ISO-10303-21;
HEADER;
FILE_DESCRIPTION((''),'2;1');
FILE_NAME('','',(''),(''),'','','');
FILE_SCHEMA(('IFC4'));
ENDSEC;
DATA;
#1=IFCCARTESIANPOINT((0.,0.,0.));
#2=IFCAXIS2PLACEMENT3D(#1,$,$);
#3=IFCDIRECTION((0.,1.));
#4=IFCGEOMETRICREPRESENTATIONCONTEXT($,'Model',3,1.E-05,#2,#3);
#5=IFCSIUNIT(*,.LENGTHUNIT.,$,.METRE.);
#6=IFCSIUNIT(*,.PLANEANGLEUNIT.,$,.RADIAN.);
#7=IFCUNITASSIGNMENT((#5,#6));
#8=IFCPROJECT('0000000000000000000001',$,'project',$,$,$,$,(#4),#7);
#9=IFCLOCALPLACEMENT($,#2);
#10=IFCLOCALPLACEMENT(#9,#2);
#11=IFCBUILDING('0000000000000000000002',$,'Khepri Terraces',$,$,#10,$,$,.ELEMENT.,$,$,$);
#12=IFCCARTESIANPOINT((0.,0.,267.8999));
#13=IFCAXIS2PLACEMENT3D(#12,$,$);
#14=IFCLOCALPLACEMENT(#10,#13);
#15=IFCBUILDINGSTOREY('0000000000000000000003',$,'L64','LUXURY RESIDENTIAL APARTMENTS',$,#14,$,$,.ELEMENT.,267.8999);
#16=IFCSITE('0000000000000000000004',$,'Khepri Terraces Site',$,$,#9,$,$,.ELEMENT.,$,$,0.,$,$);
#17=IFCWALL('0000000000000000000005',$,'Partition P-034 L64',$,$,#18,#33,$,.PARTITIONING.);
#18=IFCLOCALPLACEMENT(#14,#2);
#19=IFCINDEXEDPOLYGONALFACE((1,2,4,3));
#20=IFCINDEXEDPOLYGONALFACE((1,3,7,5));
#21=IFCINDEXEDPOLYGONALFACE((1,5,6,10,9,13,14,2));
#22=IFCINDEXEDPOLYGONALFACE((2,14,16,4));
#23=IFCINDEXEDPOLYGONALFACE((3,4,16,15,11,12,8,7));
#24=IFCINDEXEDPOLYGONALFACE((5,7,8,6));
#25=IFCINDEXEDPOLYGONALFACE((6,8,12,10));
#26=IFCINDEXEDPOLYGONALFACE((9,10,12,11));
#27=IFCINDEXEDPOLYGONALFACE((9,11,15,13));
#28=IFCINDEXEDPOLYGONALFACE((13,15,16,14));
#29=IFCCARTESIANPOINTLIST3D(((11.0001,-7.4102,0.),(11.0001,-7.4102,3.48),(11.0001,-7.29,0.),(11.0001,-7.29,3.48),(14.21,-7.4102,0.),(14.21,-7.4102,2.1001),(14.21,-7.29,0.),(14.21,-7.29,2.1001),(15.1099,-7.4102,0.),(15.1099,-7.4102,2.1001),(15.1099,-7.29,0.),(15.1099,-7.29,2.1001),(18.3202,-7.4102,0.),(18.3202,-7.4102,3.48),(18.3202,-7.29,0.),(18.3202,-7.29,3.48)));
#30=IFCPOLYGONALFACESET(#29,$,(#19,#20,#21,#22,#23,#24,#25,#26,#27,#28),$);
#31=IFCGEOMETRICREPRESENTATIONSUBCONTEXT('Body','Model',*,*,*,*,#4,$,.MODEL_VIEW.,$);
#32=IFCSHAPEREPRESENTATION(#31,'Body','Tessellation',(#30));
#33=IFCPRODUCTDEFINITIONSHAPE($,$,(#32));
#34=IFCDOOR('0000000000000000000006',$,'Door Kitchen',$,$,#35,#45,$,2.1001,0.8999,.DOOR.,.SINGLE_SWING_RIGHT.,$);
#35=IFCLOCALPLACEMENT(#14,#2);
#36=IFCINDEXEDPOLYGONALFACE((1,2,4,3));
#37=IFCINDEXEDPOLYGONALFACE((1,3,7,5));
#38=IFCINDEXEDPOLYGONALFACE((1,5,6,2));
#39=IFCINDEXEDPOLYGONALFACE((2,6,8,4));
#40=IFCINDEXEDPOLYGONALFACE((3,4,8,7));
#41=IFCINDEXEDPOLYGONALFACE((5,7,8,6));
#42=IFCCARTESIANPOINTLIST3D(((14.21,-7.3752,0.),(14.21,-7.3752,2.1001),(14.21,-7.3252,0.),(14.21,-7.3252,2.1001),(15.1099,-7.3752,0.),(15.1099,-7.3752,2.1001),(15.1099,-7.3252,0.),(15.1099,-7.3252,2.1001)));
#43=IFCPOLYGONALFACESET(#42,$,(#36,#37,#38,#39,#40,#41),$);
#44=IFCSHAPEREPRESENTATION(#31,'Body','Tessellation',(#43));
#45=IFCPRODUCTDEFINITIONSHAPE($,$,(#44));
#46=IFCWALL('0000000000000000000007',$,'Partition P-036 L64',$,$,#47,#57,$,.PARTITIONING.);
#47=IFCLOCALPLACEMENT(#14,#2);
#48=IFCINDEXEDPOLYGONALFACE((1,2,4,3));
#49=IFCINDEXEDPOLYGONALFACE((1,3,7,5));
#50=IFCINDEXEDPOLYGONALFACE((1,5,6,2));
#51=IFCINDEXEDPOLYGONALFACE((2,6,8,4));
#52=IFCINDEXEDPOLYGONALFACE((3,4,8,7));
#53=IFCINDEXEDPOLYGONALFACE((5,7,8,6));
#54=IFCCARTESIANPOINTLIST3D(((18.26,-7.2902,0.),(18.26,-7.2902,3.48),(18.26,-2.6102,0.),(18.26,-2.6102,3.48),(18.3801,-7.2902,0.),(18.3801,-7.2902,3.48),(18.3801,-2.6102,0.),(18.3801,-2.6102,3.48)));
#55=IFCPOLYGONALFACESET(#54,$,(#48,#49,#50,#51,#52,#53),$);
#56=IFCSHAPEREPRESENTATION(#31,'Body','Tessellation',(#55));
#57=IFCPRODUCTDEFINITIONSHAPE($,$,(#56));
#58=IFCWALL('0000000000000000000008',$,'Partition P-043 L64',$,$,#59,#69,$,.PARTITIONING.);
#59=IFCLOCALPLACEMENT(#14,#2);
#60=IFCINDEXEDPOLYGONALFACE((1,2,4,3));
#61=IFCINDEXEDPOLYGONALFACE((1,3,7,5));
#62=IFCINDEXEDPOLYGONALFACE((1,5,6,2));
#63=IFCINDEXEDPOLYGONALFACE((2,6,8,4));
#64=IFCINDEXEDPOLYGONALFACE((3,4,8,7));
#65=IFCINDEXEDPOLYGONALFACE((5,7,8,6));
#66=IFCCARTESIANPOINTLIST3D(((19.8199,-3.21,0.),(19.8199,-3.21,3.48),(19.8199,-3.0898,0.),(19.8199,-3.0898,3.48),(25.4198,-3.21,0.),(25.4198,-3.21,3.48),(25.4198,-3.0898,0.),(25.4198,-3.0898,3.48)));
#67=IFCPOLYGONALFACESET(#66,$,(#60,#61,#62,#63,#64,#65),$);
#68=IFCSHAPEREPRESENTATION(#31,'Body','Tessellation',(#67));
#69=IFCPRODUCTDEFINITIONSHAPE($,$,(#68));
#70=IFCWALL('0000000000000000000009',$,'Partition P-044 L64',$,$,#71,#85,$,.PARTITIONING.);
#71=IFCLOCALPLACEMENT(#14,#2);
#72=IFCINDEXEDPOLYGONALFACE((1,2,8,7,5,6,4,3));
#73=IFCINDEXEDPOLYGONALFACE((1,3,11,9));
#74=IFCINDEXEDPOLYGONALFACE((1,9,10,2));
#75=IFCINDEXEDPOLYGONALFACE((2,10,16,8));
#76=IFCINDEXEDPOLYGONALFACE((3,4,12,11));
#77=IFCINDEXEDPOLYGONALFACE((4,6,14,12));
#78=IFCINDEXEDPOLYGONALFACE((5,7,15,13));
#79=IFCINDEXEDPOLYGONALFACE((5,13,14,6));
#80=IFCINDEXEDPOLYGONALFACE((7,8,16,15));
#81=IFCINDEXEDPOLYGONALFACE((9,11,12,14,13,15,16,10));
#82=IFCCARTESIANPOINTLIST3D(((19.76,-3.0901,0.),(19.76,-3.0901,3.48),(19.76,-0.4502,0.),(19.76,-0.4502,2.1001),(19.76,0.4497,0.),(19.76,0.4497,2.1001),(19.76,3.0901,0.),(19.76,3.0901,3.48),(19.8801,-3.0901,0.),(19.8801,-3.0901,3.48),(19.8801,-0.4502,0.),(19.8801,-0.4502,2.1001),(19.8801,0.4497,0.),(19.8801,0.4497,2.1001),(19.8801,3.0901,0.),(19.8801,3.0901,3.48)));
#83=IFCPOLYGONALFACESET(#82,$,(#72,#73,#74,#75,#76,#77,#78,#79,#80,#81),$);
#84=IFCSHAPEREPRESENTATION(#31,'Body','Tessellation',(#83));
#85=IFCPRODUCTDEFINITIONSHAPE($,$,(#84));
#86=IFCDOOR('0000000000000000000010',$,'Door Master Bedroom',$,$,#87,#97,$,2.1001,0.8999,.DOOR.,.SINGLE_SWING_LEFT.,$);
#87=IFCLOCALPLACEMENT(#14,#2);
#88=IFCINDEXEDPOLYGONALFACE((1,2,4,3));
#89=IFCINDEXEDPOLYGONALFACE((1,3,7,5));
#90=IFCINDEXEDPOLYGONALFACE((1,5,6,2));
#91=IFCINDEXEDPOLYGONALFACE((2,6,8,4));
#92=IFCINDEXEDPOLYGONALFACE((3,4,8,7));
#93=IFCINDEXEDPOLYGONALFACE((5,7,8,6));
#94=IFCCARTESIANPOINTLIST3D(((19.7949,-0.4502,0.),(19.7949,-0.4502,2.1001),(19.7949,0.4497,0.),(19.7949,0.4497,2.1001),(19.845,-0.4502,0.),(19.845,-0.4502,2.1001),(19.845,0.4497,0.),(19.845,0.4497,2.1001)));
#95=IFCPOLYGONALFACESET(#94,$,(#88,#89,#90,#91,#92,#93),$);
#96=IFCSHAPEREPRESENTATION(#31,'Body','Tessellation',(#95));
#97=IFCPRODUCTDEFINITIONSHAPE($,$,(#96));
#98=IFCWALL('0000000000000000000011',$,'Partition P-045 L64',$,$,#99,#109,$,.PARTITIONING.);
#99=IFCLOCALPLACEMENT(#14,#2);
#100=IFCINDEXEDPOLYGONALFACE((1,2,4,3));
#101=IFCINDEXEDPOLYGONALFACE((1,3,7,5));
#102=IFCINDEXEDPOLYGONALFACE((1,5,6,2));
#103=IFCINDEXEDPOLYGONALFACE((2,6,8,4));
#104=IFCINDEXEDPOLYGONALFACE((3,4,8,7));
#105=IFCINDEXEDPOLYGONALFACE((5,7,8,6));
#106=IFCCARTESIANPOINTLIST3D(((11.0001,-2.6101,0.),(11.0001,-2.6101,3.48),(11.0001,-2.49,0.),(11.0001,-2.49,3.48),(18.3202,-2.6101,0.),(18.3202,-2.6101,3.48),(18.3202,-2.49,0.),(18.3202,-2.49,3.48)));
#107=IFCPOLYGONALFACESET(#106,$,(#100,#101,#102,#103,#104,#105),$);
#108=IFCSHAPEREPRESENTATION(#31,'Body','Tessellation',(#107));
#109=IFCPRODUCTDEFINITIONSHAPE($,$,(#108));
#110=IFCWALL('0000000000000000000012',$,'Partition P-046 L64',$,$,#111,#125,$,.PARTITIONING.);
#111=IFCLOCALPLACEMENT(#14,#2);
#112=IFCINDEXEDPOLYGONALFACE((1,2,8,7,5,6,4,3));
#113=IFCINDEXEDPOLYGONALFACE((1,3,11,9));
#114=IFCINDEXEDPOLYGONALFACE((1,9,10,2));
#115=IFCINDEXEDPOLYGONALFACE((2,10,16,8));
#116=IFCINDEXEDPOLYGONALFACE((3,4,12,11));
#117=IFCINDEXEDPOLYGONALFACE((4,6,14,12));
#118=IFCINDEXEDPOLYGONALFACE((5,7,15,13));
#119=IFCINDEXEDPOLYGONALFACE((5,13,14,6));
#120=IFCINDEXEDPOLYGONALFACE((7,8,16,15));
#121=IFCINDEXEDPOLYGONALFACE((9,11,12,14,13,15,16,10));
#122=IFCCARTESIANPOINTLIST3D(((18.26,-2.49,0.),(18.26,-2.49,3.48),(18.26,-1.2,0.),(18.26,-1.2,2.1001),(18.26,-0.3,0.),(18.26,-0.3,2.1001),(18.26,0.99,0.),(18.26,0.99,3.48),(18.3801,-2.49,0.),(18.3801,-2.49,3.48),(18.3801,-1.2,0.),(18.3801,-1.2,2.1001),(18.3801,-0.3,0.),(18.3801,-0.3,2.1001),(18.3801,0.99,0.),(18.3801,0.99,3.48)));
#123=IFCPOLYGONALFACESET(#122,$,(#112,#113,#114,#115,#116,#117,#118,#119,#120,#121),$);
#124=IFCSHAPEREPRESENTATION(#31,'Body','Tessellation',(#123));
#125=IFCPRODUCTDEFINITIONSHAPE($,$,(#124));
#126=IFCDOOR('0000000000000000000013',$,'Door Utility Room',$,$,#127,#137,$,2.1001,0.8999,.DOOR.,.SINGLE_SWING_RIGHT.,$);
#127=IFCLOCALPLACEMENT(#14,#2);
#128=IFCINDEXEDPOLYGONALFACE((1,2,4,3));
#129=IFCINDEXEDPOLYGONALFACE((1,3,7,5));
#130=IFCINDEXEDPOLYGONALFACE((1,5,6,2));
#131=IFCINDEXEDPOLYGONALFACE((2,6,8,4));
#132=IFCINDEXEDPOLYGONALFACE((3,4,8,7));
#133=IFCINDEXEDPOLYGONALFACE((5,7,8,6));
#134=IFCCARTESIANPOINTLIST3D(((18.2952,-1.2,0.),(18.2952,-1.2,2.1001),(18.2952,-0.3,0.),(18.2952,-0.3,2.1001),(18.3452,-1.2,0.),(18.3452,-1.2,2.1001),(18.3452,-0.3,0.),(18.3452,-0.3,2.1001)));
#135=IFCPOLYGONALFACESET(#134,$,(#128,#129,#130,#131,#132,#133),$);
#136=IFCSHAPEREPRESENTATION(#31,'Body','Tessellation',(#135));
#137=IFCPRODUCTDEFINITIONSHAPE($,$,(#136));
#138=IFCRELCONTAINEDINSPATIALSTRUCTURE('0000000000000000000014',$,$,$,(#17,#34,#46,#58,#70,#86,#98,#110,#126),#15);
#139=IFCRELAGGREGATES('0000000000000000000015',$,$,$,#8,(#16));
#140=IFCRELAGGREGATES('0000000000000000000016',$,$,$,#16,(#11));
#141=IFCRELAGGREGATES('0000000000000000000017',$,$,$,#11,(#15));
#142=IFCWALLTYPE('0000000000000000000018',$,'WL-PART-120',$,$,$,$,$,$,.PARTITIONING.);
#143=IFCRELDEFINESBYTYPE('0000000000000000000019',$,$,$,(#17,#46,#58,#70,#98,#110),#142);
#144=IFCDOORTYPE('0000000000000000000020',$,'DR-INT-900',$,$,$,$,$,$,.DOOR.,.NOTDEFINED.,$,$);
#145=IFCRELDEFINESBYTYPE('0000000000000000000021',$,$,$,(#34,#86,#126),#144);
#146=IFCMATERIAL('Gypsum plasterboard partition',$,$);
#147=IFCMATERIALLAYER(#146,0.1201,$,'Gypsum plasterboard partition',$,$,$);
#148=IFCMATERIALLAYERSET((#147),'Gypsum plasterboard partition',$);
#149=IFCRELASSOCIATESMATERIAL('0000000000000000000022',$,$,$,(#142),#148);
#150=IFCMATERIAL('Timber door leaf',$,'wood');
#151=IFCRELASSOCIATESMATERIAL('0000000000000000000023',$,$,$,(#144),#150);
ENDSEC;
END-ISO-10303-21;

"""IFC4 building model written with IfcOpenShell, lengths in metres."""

from ifc_helpers import new_model, si_unit, direction, frame, frame_2d, origin, place, context, subcontext, project, spatial, rectangle, extrude, material, layer, layer_set, type_object, element, fill, save


model = new_model("IFC4")

# Units and contexts
model_context = context("Model", 3, precision=1e-05, world=origin(), true_north=direction((0.0, 1.0)))
body_context = subcontext(model_context, "Body", "Model", "MODEL_VIEW")
ifc_project = project(units=[si_unit("LENGTHUNIT", "METRE"), si_unit("PLANEANGLEUNIT", "RADIAN")], contexts=[model_context])

# Site, building, storey
site_placement = place(None, origin())
site = spatial("IfcSite", under=ifc_project, at=site_placement, Name="Khepri Terraces Site", CompositionType="ELEMENT", RefElevation=0.0)
building_placement = place(site_placement, origin())
building = spatial("IfcBuilding", under=site, at=building_placement, Name="Khepri Terraces", CompositionType="ELEMENT")
storey_placement = place(building_placement, frame((0.0, 0.0, 267.8999)))
storey = spatial("IfcBuildingStorey", under=building, at=storey_placement, Name="L64", Description="LUXURY RESIDENTIAL APARTMENTS", CompositionType="ELEMENT", Elevation=267.8999)

# Shared definitions
ifc_material_1 = material(Name="Gypsum plasterboard partition")
ifc_layer_1 = layer(ifc_material_1, 0.1201, Name="Gypsum plasterboard partition")
ifc_layer_set_1 = layer_set([ifc_layer_1], Name="Gypsum plasterboard partition")
wall_type_1 = type_object("IfcWallType", Name="WL-PART-120", PredefinedType="PARTITIONING", material=ifc_layer_set_1)
ifc_material_2 = material(Name="Timber door leaf", Category="wood")
door_type_1 = type_object("IfcDoorType", Name="DR-INT-900", OperationType="NOTDEFINED", PredefinedType="DOOR", material=ifc_material_2)

# Wall, opening, door
wall_1_placement = place(storey_placement, frame((11.0, -7.3501, 0.0), z_axis=(0.0, 0.0, 1.0), x_axis=(1.0, 0.0, 0.0)))
wall_1 = element("IfcWall", 1, at=wall_1_placement, inside=storey, type_object=wall_type_1, Name="Partition P-034 L64", PredefinedType="PARTITIONING", context=body_context, shape_type="SweptSolid", body=[
    extrude(rectangle(XDim=7.3201, YDim=0.1201, at=frame_2d((3.6602, 0.0))), origin(), (0.0, 0.0, 1.0), 3.48),
])
opening_1_placement = place(wall_1_placement, frame((3.21, 0.0, 0.0)))
opening_1 = element("IfcOpeningElement", 2, at=opening_1_placement, cuts=wall_1, PredefinedType="OPENING", context=body_context, shape_type="SweptSolid", body=[
    extrude(rectangle(XDim=0.8999, YDim=2.1001, at=frame_2d((0.45, 1.05))), frame((0.0, 0.0701, 0.0), z_axis=(0.0, -1.0, 0.0), x_axis=(1.0, 0.0, 0.0)), (0.0, 0.0, 1.0), 0.1401),
])
door_1_placement = place(opening_1_placement, origin())
door_1 = element("IfcDoor", 3, at=door_1_placement, inside=storey, type_object=door_type_1, Name="Door Kitchen", OperationType="SINGLE_SWING_RIGHT", OverallHeight=2.1001, OverallWidth=0.8999, PredefinedType="DOOR", context=body_context, shape_type="SweptSolid", body=[
    extrude(rectangle(XDim=0.8999, YDim=2.1001, at=frame_2d((0.45, 1.05))), frame((0.0, 0.0249, 0.0), z_axis=(0.0, -1.0, 0.0), x_axis=(1.0, 0.0, 0.0)), (0.0, 0.0, 1.0), 0.05),
])
fill(opening_1, door_1)

# Walls
wall_2_placement = place(storey_placement, frame((18.3201, -7.29, 0.0), z_axis=(0.0, 0.0, 1.0), x_axis=(0.0, 1.0, 0.0)))
element("IfcWall", 4, at=wall_2_placement, inside=storey, type_object=wall_type_1, Name="Partition P-036 L64", PredefinedType="PARTITIONING", context=body_context, shape_type="SweptSolid", body=[
    extrude(rectangle(XDim=4.6799, YDim=0.1201, at=frame_2d((2.3398, 0.0))), origin(), (0.0, 0.0, 1.0), 3.48),
])
wall_3_placement = place(storey_placement, frame((19.8201, -3.1499, 0.0), z_axis=(0.0, 0.0, 1.0), x_axis=(1.0, 0.0, 0.0)))
element("IfcWall", 5, at=wall_3_placement, inside=storey, type_object=wall_type_1, Name="Partition P-043 L64", PredefinedType="PARTITIONING", context=body_context, shape_type="SweptSolid", body=[
    extrude(rectangle(XDim=5.5999, YDim=0.1201, at=frame_2d((2.7998, 0.0))), origin(), (0.0, 0.0, 1.0), 3.48),
])

# Wall, opening, door
wall_4_placement = place(storey_placement, frame((19.8201, -3.0901, 0.0), z_axis=(0.0, 0.0, 1.0), x_axis=(0.0, 1.0, 0.0)))
wall_4 = element("IfcWall", 6, at=wall_4_placement, inside=storey, type_object=wall_type_1, Name="Partition P-044 L64", PredefinedType="PARTITIONING", context=body_context, shape_type="SweptSolid", body=[
    extrude(rectangle(XDim=6.1802, YDim=0.1201, at=frame_2d((3.0901, 0.0))), origin(), (0.0, 0.0, 1.0), 3.48),
])
opening_2_placement = place(wall_4_placement, frame((2.6399, 0.0, 0.0)))
opening_2 = element("IfcOpeningElement", 7, at=opening_2_placement, cuts=wall_4, PredefinedType="OPENING", context=body_context, shape_type="SweptSolid", body=[
    extrude(rectangle(XDim=0.8999, YDim=2.1001, at=frame_2d((0.45, 1.05))), frame((0.0, 0.0701, 0.0), z_axis=(0.0, -1.0, 0.0), x_axis=(1.0, 0.0, 0.0)), (0.0, 0.0, 1.0), 0.1401),
])
door_2_placement = place(opening_2_placement, frame((0.8999, 0.0, 0.0), z_axis=(0.0, 0.0, 1.0), x_axis=(-1.0, 0.0, 0.0)))
door_2 = element("IfcDoor", 8, at=door_2_placement, inside=storey, type_object=door_type_1, Name="Door Master Bedroom", OperationType="SINGLE_SWING_LEFT", OverallHeight=2.1001, OverallWidth=0.8999, PredefinedType="DOOR", context=body_context, shape_type="SweptSolid", body=[
    extrude(rectangle(XDim=0.8999, YDim=2.1001, at=frame_2d((0.45, 1.05))), frame((0.0, 0.0249, 0.0), z_axis=(0.0, -1.0, 0.0), x_axis=(1.0, 0.0, 0.0)), (0.0, 0.0, 1.0), 0.05),
])
fill(opening_2, door_2)

# Wall
wall_5_placement = place(storey_placement, frame((11.0, -2.55, 0.0), z_axis=(0.0, 0.0, 1.0), x_axis=(1.0, 0.0, 0.0)))
element("IfcWall", 9, at=wall_5_placement, inside=storey, type_object=wall_type_1, Name="Partition P-045 L64", PredefinedType="PARTITIONING", context=body_context, shape_type="SweptSolid", body=[
    extrude(rectangle(XDim=7.3201, YDim=0.1201, at=frame_2d((3.6602, 0.0))), origin(), (0.0, 0.0, 1.0), 3.48),
])

# Wall, opening, door
wall_6_placement = place(storey_placement, frame((18.3201, -2.49, 0.0), z_axis=(0.0, 0.0, 1.0), x_axis=(0.0, 1.0, 0.0)))
wall_6 = element("IfcWall", 10, at=wall_6_placement, inside=storey, type_object=wall_type_1, Name="Partition P-046 L64", PredefinedType="PARTITIONING", context=body_context, shape_type="SweptSolid", body=[
    extrude(rectangle(XDim=3.48, YDim=0.1201, at=frame_2d((1.74, 0.0))), origin(), (0.0, 0.0, 1.0), 3.48),
])
opening_3_placement = place(wall_6_placement, frame((1.29, 0.0, 0.0)))
opening_3 = element("IfcOpeningElement", 11, at=opening_3_placement, cuts=wall_6, PredefinedType="OPENING", context=body_context, shape_type="SweptSolid", body=[
    extrude(rectangle(XDim=0.8999, YDim=2.1001, at=frame_2d((0.45, 1.05))), frame((0.0, 0.0701, 0.0), z_axis=(0.0, -1.0, 0.0), x_axis=(1.0, 0.0, 0.0)), (0.0, 0.0, 1.0), 0.1401),
])
door_3_placement = place(opening_3_placement, origin())
door_3 = element("IfcDoor", 12, at=door_3_placement, inside=storey, type_object=door_type_1, Name="Door Utility Room", OperationType="SINGLE_SWING_RIGHT", OverallHeight=2.1001, OverallWidth=0.8999, PredefinedType="DOOR", context=body_context, shape_type="SweptSolid", body=[
    extrude(rectangle(XDim=0.8999, YDim=2.1001, at=frame_2d((0.45, 1.05))), frame((0.0, 0.0249, 0.0), z_axis=(0.0, -1.0, 0.0), x_axis=(1.0, 0.0, 0.0)), (0.0, 0.0, 1.0), 0.05),
])
fill(opening_3, door_3)

save(model, "model.ifc")
